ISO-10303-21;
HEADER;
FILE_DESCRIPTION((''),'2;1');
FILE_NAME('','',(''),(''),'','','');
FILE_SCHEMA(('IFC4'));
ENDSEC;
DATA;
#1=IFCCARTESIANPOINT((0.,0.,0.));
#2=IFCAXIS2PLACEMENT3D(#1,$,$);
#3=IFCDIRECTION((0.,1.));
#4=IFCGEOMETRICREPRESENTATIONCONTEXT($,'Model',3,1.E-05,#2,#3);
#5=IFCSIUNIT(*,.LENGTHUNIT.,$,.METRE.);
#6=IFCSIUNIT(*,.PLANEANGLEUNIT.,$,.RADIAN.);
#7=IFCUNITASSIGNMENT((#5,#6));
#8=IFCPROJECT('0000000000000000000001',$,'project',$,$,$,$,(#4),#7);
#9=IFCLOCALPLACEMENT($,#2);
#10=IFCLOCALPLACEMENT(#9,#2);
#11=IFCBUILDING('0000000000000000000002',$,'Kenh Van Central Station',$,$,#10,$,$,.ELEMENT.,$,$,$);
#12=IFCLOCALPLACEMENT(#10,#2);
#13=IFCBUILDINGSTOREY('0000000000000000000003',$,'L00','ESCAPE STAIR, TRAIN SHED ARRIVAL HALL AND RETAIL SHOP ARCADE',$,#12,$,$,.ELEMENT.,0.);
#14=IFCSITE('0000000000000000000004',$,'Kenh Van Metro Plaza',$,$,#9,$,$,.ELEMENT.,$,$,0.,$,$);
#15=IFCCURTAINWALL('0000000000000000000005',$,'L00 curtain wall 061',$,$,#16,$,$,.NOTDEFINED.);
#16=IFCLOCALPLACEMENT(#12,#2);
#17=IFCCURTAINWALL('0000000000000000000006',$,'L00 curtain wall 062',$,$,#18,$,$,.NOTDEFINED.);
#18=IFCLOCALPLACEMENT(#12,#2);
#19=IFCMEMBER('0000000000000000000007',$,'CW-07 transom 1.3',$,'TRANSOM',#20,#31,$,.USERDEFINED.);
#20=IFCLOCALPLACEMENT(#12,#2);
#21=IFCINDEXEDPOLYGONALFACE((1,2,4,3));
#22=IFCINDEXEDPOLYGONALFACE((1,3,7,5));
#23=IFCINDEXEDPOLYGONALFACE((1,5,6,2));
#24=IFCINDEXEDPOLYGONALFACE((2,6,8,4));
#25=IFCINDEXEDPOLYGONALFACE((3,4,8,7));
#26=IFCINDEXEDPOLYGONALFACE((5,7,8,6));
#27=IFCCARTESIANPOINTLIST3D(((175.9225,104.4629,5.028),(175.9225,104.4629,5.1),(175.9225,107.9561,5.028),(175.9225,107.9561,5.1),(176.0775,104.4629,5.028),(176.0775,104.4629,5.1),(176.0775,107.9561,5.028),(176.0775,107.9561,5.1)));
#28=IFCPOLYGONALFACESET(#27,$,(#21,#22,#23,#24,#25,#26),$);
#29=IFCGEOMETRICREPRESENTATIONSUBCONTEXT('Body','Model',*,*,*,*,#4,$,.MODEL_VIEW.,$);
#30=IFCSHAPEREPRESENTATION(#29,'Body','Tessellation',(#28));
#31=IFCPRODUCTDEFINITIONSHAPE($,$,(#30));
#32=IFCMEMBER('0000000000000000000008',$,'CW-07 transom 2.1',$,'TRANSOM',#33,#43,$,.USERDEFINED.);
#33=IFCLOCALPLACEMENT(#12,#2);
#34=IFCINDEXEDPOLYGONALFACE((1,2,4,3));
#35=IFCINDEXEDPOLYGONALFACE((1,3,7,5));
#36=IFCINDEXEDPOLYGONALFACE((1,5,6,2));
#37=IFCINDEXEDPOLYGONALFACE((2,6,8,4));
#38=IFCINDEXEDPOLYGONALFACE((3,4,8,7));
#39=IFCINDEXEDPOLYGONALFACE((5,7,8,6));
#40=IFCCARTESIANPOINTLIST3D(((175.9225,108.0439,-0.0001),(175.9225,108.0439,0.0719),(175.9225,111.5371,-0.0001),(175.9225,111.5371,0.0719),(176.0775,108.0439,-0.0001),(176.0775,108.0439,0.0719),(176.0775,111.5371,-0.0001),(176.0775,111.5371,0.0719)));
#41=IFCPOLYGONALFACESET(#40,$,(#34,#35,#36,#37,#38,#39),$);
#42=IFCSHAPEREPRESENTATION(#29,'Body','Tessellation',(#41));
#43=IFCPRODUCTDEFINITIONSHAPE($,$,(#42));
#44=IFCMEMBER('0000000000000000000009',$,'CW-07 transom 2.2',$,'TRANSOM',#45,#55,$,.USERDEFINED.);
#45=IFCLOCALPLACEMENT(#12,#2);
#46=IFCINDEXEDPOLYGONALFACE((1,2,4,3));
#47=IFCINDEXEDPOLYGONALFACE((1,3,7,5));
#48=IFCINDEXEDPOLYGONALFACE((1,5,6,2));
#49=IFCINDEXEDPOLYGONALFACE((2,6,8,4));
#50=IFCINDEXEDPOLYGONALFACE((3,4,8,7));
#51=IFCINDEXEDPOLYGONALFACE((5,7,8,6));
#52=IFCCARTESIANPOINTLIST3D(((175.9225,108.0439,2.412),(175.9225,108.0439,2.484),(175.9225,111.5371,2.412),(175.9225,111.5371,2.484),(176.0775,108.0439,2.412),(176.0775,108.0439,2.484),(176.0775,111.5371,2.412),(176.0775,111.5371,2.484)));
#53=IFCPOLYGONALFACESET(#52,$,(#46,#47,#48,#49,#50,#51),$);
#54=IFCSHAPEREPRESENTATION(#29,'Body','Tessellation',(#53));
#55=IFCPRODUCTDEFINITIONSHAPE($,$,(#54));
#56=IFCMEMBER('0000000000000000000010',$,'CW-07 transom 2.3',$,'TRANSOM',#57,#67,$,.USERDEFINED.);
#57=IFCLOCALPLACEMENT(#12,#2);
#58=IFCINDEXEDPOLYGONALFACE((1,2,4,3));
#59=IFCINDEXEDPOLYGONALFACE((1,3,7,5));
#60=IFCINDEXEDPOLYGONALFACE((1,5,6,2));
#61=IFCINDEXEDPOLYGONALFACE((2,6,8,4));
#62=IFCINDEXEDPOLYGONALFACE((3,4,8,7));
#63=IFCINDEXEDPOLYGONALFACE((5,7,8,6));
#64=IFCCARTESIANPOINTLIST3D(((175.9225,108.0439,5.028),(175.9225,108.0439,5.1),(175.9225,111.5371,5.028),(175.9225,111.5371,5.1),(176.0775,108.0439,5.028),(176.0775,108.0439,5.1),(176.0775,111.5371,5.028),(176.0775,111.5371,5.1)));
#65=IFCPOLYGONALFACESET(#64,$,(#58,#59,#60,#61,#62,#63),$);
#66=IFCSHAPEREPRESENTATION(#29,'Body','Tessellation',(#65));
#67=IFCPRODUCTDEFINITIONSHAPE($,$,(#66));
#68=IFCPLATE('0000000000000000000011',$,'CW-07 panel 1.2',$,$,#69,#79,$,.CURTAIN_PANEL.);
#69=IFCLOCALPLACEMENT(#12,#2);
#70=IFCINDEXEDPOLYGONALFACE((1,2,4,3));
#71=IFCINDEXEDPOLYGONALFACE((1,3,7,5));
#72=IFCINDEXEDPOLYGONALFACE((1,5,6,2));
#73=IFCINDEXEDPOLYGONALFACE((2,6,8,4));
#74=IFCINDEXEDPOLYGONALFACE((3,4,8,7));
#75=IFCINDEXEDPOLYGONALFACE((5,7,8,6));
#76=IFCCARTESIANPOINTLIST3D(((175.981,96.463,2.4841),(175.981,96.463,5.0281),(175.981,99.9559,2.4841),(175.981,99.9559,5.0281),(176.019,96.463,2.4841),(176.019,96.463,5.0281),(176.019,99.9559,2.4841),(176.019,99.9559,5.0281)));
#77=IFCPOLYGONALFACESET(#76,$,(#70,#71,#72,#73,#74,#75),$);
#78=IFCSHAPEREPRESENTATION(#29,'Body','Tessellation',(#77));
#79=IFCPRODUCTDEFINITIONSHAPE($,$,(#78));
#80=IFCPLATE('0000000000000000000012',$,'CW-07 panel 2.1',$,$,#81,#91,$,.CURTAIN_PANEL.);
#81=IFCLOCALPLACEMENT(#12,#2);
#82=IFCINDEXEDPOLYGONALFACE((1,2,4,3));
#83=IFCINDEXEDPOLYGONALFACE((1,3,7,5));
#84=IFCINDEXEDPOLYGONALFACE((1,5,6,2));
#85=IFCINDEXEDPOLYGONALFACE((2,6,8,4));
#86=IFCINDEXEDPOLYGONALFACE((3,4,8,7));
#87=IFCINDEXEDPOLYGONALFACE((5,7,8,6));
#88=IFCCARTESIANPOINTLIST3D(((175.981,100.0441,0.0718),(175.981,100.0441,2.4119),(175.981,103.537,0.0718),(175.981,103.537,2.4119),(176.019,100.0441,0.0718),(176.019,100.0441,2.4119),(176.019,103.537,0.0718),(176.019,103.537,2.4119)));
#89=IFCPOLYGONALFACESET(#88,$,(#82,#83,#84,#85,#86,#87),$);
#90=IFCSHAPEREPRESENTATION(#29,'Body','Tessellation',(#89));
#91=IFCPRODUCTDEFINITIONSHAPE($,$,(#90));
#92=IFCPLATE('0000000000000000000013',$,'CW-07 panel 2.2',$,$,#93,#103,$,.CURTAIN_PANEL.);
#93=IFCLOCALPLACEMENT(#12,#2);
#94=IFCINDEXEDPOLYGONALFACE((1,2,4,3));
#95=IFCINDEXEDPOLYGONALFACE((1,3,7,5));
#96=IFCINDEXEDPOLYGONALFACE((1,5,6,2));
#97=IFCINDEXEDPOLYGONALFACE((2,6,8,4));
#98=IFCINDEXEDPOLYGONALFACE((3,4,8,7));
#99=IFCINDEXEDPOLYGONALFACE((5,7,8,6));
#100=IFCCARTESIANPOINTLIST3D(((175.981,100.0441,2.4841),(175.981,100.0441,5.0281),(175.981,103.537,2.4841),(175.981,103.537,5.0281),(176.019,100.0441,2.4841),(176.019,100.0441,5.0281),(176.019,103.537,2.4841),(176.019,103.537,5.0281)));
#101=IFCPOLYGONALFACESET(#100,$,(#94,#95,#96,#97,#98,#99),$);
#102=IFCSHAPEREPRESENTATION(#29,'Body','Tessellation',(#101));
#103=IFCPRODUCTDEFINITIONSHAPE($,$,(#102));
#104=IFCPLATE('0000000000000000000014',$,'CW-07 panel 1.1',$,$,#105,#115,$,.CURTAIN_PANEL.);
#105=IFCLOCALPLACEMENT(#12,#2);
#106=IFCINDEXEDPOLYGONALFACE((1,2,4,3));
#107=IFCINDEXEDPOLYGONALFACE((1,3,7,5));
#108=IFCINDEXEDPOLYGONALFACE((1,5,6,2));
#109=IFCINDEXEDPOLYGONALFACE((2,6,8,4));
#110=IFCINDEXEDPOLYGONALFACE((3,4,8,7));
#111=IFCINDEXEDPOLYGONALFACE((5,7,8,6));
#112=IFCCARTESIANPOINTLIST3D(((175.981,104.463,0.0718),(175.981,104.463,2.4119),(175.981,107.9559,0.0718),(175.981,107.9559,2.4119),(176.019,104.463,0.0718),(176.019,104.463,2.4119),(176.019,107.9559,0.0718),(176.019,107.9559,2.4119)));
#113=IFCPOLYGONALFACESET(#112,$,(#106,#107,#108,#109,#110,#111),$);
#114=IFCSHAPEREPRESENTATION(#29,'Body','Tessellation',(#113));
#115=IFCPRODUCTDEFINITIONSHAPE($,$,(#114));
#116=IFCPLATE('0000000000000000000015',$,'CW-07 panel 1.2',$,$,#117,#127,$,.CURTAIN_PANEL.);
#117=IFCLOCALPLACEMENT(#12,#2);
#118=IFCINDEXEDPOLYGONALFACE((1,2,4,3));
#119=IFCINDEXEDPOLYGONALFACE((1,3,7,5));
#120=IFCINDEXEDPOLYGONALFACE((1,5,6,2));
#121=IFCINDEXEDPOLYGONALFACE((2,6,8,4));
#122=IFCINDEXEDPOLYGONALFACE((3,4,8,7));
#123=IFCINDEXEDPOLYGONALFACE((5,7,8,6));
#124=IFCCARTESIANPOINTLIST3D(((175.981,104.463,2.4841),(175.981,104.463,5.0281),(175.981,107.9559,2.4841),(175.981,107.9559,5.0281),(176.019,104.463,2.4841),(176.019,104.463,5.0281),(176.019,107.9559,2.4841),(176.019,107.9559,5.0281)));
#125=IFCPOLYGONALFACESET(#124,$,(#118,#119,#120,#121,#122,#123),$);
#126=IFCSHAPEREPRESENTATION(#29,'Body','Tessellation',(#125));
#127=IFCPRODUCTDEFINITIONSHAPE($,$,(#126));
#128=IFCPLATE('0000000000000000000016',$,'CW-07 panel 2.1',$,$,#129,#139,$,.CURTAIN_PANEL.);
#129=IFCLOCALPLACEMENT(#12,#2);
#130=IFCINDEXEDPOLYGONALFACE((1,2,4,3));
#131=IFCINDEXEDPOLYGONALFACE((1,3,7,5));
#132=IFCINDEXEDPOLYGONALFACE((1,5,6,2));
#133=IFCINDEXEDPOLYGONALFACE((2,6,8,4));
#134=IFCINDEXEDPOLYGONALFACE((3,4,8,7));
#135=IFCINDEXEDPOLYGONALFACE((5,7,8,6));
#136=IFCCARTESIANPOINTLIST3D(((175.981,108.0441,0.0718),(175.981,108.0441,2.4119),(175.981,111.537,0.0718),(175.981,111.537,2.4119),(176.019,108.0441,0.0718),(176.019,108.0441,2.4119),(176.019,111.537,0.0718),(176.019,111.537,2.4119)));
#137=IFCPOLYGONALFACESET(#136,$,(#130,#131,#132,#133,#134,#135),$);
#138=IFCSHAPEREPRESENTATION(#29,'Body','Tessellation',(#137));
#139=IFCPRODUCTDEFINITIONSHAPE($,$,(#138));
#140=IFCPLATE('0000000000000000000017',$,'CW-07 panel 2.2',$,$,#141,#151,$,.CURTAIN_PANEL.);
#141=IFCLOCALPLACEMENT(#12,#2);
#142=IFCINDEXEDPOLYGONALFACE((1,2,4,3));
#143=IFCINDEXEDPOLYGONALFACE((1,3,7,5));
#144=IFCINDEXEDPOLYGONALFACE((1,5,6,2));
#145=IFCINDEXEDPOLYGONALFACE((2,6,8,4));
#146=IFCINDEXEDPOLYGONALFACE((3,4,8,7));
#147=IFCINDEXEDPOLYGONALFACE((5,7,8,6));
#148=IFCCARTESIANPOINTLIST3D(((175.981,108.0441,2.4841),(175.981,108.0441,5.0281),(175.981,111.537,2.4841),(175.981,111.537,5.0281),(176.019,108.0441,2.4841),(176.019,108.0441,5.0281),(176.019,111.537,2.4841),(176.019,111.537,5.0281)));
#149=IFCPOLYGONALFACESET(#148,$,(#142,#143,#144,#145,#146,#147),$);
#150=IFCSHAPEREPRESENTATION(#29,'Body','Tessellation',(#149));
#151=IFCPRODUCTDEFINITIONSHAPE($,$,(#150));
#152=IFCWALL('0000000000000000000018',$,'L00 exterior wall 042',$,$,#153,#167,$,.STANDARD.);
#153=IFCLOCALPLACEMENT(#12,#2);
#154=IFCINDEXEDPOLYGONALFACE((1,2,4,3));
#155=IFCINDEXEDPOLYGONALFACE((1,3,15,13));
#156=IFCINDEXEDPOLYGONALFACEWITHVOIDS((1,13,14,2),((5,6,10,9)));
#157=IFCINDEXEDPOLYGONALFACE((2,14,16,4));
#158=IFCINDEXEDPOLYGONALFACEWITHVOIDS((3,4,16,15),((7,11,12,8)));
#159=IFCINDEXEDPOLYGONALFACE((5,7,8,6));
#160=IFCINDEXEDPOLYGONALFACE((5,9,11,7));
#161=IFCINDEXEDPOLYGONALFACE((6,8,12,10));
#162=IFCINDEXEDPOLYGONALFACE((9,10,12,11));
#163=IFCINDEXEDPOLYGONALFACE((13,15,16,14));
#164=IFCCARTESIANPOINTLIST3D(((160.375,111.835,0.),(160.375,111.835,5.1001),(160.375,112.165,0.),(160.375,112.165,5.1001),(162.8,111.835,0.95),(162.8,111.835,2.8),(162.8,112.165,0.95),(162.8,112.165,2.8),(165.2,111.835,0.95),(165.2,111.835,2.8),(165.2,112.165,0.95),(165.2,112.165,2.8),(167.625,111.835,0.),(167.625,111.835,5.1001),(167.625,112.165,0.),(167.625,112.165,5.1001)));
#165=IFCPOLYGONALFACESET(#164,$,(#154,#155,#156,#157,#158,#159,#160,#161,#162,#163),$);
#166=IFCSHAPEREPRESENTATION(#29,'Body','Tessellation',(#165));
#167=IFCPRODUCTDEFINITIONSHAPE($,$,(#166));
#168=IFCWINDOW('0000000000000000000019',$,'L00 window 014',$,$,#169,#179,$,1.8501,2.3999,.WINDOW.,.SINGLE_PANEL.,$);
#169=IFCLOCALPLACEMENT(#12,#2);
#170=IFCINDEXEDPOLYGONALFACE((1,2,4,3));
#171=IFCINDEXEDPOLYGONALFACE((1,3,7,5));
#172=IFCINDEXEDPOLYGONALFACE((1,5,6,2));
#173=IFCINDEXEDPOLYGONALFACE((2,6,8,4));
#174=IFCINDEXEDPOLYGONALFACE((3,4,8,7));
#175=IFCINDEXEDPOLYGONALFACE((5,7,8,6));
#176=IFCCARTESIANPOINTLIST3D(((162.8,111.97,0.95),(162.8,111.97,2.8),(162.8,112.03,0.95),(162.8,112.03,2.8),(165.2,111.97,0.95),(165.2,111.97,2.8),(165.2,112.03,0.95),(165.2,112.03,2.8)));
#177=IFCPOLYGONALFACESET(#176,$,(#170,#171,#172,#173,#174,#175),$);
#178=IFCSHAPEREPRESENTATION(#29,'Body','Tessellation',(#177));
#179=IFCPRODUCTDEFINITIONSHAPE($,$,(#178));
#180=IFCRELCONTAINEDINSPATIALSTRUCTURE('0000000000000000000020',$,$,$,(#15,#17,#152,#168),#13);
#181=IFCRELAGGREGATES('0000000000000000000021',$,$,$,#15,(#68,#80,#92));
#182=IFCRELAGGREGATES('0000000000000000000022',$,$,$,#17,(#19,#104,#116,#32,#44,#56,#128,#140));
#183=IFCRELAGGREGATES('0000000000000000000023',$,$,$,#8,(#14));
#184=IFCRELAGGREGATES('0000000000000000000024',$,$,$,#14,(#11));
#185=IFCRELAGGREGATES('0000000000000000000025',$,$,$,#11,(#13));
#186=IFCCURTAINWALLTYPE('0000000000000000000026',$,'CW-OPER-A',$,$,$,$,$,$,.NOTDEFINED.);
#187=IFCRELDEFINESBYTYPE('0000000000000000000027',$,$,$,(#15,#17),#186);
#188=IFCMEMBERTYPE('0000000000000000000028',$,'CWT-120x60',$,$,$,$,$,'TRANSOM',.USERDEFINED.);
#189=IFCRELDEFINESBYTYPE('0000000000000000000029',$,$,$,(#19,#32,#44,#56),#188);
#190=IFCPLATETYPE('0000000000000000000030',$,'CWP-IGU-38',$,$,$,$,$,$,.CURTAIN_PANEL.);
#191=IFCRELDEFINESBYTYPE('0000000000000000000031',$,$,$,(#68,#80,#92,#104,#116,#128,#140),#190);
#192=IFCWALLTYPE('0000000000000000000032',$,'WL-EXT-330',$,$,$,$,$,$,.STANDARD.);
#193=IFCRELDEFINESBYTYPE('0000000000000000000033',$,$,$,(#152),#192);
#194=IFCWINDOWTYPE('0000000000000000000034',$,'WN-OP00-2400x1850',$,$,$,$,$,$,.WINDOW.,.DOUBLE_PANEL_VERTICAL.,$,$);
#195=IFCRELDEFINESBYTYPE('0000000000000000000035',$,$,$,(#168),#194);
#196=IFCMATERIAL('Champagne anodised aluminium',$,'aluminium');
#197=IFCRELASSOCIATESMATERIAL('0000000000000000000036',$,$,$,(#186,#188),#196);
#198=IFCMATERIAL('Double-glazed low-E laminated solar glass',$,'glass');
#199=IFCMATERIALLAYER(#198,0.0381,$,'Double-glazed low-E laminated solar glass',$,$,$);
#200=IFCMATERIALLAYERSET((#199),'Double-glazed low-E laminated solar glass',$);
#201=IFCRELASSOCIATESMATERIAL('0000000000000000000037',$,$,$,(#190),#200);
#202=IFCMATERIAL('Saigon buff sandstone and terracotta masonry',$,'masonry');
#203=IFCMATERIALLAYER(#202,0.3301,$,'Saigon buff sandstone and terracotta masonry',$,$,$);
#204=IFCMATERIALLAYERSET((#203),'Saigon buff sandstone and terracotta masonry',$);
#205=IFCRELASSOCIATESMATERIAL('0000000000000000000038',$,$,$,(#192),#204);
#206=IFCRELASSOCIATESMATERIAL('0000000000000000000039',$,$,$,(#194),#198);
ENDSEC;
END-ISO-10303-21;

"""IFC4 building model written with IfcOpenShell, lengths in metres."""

from ifc_helpers import new_model, si_unit, direction, frame, frame_2d, origin, origin_2d, place, context, subcontext, project, spatial, rectangle, extrude, material, layer, layer_set, material_profile, profile_set, type_object, element, fill, aggregate, save


model = new_model("IFC4")

# Units and contexts
model_context = context("Model", 3, precision=1e-05, world=origin(), true_north=direction((0.0, 1.0)))
body_context = subcontext(model_context, "Body", "Model", "MODEL_VIEW")
ifc_project = project(units=[si_unit("LENGTHUNIT", "METRE"), si_unit("PLANEANGLEUNIT", "RADIAN")], contexts=[model_context])

# Site, building, storey
site_placement = place(None, origin())
site = spatial("IfcSite", under=ifc_project, at=site_placement, Name="Kenh Van Metro Plaza", CompositionType="ELEMENT", RefElevation=0.0)
building_placement = place(site_placement, origin())
building = spatial("IfcBuilding", under=site, at=building_placement, Name="Kenh Van Central Station", CompositionType="ELEMENT")
storey_placement = place(building_placement, origin())
storey = spatial("IfcBuildingStorey", under=building, at=storey_placement, Name="L00", Description="ESCAPE STAIR, TRAIN SHED ARRIVAL HALL AND RETAIL SHOP ARCADE", CompositionType="ELEMENT", Elevation=0.0)

# Curtain walls
ifc_material_1 = material(Name="Champagne anodised aluminium", Category="aluminium")
curtain_wall_type = type_object("IfcCurtainWallType", Name="CW-OPER-A", PredefinedType="NOTDEFINED", material=ifc_material_1)
curtain_wall_1_placement = place(storey_placement, origin())
curtain_wall_1 = element("IfcCurtainWall", 1, at=curtain_wall_1_placement, inside=storey, type_object=curtain_wall_type, Name="L00 curtain wall 061", PredefinedType="NOTDEFINED")
curtain_wall_2_placement = place(storey_placement, origin())
curtain_wall_2 = element("IfcCurtainWall", 2, at=curtain_wall_2_placement, inside=storey, type_object=curtain_wall_type, Name="L00 curtain wall 062", PredefinedType="NOTDEFINED")

# Members
ifc_material_profile_1 = material_profile(ifc_material_1, rectangle(XDim=0.155, YDim=0.072, at=origin_2d()), Name="AL 155x72")
ifc_profile_set_1 = profile_set([ifc_material_profile_1], Name="Champagne anodised aluminium")
member_type_1 = type_object("IfcMemberType", Name="CWT-120x60", ElementType="TRANSOM", PredefinedType="USERDEFINED", material=ifc_profile_set_1)
member_1_placement = place(storey_placement, frame((176.0, 104.4629, 5.064), z_axis=(0.0, 1.0, 0.0), x_axis=(-1.0, 0.0, 0.0)))
member_1 = element("IfcMember", 3, at=member_1_placement, type_object=member_type_1, Name="CW-07 transom 1.3", ObjectType="TRANSOM", PredefinedType="USERDEFINED", context=body_context, shape_type="SweptSolid", body=[
    extrude(rectangle(XDim=0.155, YDim=0.072, at=origin_2d()), origin(), (0.0, 0.0, 1.0), 3.4932),
])
member_2_placement = place(storey_placement, frame((176.0, 108.0439, 0.0359), z_axis=(0.0, 1.0, 0.0), x_axis=(-1.0, 0.0, 0.0)))
member_2 = element("IfcMember", 4, at=member_2_placement, type_object=member_type_1, Name="CW-07 transom 2.1", ObjectType="TRANSOM", PredefinedType="USERDEFINED", context=body_context, shape_type="SweptSolid", body=[
    extrude(rectangle(XDim=0.155, YDim=0.072, at=origin_2d()), origin(), (0.0, 0.0, 1.0), 3.4932),
])
member_3_placement = place(storey_placement, frame((176.0, 108.0439, 2.448), z_axis=(0.0, 1.0, 0.0), x_axis=(-1.0, 0.0, 0.0)))
member_3 = element("IfcMember", 5, at=member_3_placement, type_object=member_type_1, Name="CW-07 transom 2.2", ObjectType="TRANSOM", PredefinedType="USERDEFINED", context=body_context, shape_type="SweptSolid", body=[
    extrude(rectangle(XDim=0.155, YDim=0.072, at=origin_2d()), origin(), (0.0, 0.0, 1.0), 3.4932),
])
member_4_placement = place(storey_placement, frame((176.0, 108.0439, 5.064), z_axis=(0.0, 1.0, 0.0), x_axis=(-1.0, 0.0, 0.0)))
member_4 = element("IfcMember", 6, at=member_4_placement, type_object=member_type_1, Name="CW-07 transom 2.3", ObjectType="TRANSOM", PredefinedType="USERDEFINED", context=body_context, shape_type="SweptSolid", body=[
    extrude(rectangle(XDim=0.155, YDim=0.072, at=origin_2d()), origin(), (0.0, 0.0, 1.0), 3.4932),
])

# Plates
ifc_material_2 = material(Name="Double-glazed low-E laminated solar glass", Category="glass")
ifc_layer_1 = layer(ifc_material_2, 0.0381, Name="Double-glazed low-E laminated solar glass")
ifc_layer_set_1 = layer_set([ifc_layer_1], Name="Double-glazed low-E laminated solar glass")
plate_type = type_object("IfcPlateType", Name="CWP-IGU-38", PredefinedType="CURTAIN_PANEL", material=ifc_layer_set_1)
plate_1_placement = place(storey_placement, frame((176.0, 98.2095, 2.4841), z_axis=(0.0, 0.0, 1.0), x_axis=(0.0, 1.0, 0.0)))
plate_1 = element("IfcPlate", 7, at=plate_1_placement, type_object=plate_type, Name="CW-07 panel 1.2", PredefinedType="CURTAIN_PANEL", context=body_context, shape_type="SweptSolid", body=[
    extrude(rectangle(XDim=3.4929, YDim=0.0381, at=origin_2d()), origin(), (0.0, 0.0, 1.0), 2.5439),
])
plate_2_placement = place(storey_placement, frame((176.0, 101.7905, 0.0718), z_axis=(0.0, 0.0, 1.0), x_axis=(0.0, 1.0, 0.0)))
plate_2 = element("IfcPlate", 8, at=plate_2_placement, type_object=plate_type, Name="CW-07 panel 2.1", PredefinedType="CURTAIN_PANEL", context=body_context, shape_type="SweptSolid", body=[
    extrude(rectangle(XDim=3.4929, YDim=0.0381, at=origin_2d()), origin(), (0.0, 0.0, 1.0), 2.3401),
])
plate_3_placement = place(storey_placement, frame((176.0, 101.7905, 2.4841), z_axis=(0.0, 0.0, 1.0), x_axis=(0.0, 1.0, 0.0)))
plate_3 = element("IfcPlate", 9, at=plate_3_placement, type_object=plate_type, Name="CW-07 panel 2.2", PredefinedType="CURTAIN_PANEL", context=body_context, shape_type="SweptSolid", body=[
    extrude(rectangle(XDim=3.4929, YDim=0.0381, at=origin_2d()), origin(), (0.0, 0.0, 1.0), 2.5439),
])
aggregate(curtain_wall_1, [plate_1, plate_2, plate_3])
plate_4_placement = place(storey_placement, frame((176.0, 106.2095, 0.0718), z_axis=(0.0, 0.0, 1.0), x_axis=(0.0, 1.0, 0.0)))
plate_4 = element("IfcPlate", 10, at=plate_4_placement, type_object=plate_type, Name="CW-07 panel 1.1", PredefinedType="CURTAIN_PANEL", context=body_context, shape_type="SweptSolid", body=[
    extrude(rectangle(XDim=3.4929, YDim=0.0381, at=origin_2d()), origin(), (0.0, 0.0, 1.0), 2.3401),
])
plate_5_placement = place(storey_placement, frame((176.0, 106.2095, 2.4841), z_axis=(0.0, 0.0, 1.0), x_axis=(0.0, 1.0, 0.0)))
plate_5 = element("IfcPlate", 11, at=plate_5_placement, type_object=plate_type, Name="CW-07 panel 1.2", PredefinedType="CURTAIN_PANEL", context=body_context, shape_type="SweptSolid", body=[
    extrude(rectangle(XDim=3.4929, YDim=0.0381, at=origin_2d()), origin(), (0.0, 0.0, 1.0), 2.5439),
])
plate_6_placement = place(storey_placement, frame((176.0, 109.7905, 0.0718), z_axis=(0.0, 0.0, 1.0), x_axis=(0.0, 1.0, 0.0)))
plate_6 = element("IfcPlate", 12, at=plate_6_placement, type_object=plate_type, Name="CW-07 panel 2.1", PredefinedType="CURTAIN_PANEL", context=body_context, shape_type="SweptSolid", body=[
    extrude(rectangle(XDim=3.4929, YDim=0.0381, at=origin_2d()), origin(), (0.0, 0.0, 1.0), 2.3401),
])
plate_7_placement = place(storey_placement, frame((176.0, 109.7905, 2.4841), z_axis=(0.0, 0.0, 1.0), x_axis=(0.0, 1.0, 0.0)))
plate_7 = element("IfcPlate", 13, at=plate_7_placement, type_object=plate_type, Name="CW-07 panel 2.2", PredefinedType="CURTAIN_PANEL", context=body_context, shape_type="SweptSolid", body=[
    extrude(rectangle(XDim=3.4929, YDim=0.0381, at=origin_2d()), origin(), (0.0, 0.0, 1.0), 2.5439),
])
aggregate(curtain_wall_2, [member_1, plate_4, plate_5, member_2, member_3, member_4, plate_6, plate_7])

# Wall, opening, window
ifc_material_3 = material(Name="Saigon buff sandstone and terracotta masonry", Category="masonry")
ifc_layer_2 = layer(ifc_material_3, 0.3301, Name="Saigon buff sandstone and terracotta masonry")
ifc_layer_set_2 = layer_set([ifc_layer_2], Name="Saigon buff sandstone and terracotta masonry")
wall_type_1 = type_object("IfcWallType", Name="WL-EXT-330", PredefinedType="STANDARD", material=ifc_layer_set_2)
wall_1_placement = place(storey_placement, frame((167.625, 112.0, 0.0), z_axis=(0.0, 0.0, 1.0), x_axis=(-1.0, 0.0, 0.0)))
wall_1 = element("IfcWall", 14, at=wall_1_placement, inside=storey, type_object=wall_type_1, Name="L00 exterior wall 042", PredefinedType="STANDARD", context=body_context, shape_type="SweptSolid", body=[
    extrude(rectangle(XDim=7.25, YDim=0.3301, at=frame_2d((3.625, 0.0))), origin(), (0.0, 0.0, 1.0), 5.1001),
])
opening_1_placement = place(wall_1_placement, frame((2.425, 0.0, 0.95)))
opening_1 = element("IfcOpeningElement", 15, at=opening_1_placement, cuts=wall_1, PredefinedType="OPENING", context=body_context, shape_type="SweptSolid", body=[
    extrude(rectangle(XDim=2.3999, YDim=1.8501, at=frame_2d((1.2, 0.925))), frame((0.0, 0.175, 0.0), z_axis=(0.0, -1.0, 0.0), x_axis=(1.0, 0.0, 0.0)), (0.0, 0.0, 1.0), 0.3501),
])
window_type_1 = type_object("IfcWindowType", Name="WN-OP00-2400x1850", PartitioningType="DOUBLE_PANEL_VERTICAL", PredefinedType="WINDOW", material=ifc_material_2)
window_1_placement = place(opening_1_placement, origin())
window_1 = element("IfcWindow", 16, at=window_1_placement, inside=storey, type_object=window_type_1, Name="L00 window 014", OverallHeight=1.8501, OverallWidth=2.3999, PartitioningType="SINGLE_PANEL", PredefinedType="WINDOW", context=body_context, shape_type="SweptSolid", body=[
    extrude(rectangle(XDim=2.3999, YDim=1.8501, at=frame_2d((1.2, 0.925))), frame((0.0, 0.03, 0.0), z_axis=(0.0, -1.0, 0.0), x_axis=(1.0, 0.0, 0.0)), (0.0, 0.0, 1.0), 0.0601),
])
fill(opening_1, window_1)

save(model, "model.ifc")
